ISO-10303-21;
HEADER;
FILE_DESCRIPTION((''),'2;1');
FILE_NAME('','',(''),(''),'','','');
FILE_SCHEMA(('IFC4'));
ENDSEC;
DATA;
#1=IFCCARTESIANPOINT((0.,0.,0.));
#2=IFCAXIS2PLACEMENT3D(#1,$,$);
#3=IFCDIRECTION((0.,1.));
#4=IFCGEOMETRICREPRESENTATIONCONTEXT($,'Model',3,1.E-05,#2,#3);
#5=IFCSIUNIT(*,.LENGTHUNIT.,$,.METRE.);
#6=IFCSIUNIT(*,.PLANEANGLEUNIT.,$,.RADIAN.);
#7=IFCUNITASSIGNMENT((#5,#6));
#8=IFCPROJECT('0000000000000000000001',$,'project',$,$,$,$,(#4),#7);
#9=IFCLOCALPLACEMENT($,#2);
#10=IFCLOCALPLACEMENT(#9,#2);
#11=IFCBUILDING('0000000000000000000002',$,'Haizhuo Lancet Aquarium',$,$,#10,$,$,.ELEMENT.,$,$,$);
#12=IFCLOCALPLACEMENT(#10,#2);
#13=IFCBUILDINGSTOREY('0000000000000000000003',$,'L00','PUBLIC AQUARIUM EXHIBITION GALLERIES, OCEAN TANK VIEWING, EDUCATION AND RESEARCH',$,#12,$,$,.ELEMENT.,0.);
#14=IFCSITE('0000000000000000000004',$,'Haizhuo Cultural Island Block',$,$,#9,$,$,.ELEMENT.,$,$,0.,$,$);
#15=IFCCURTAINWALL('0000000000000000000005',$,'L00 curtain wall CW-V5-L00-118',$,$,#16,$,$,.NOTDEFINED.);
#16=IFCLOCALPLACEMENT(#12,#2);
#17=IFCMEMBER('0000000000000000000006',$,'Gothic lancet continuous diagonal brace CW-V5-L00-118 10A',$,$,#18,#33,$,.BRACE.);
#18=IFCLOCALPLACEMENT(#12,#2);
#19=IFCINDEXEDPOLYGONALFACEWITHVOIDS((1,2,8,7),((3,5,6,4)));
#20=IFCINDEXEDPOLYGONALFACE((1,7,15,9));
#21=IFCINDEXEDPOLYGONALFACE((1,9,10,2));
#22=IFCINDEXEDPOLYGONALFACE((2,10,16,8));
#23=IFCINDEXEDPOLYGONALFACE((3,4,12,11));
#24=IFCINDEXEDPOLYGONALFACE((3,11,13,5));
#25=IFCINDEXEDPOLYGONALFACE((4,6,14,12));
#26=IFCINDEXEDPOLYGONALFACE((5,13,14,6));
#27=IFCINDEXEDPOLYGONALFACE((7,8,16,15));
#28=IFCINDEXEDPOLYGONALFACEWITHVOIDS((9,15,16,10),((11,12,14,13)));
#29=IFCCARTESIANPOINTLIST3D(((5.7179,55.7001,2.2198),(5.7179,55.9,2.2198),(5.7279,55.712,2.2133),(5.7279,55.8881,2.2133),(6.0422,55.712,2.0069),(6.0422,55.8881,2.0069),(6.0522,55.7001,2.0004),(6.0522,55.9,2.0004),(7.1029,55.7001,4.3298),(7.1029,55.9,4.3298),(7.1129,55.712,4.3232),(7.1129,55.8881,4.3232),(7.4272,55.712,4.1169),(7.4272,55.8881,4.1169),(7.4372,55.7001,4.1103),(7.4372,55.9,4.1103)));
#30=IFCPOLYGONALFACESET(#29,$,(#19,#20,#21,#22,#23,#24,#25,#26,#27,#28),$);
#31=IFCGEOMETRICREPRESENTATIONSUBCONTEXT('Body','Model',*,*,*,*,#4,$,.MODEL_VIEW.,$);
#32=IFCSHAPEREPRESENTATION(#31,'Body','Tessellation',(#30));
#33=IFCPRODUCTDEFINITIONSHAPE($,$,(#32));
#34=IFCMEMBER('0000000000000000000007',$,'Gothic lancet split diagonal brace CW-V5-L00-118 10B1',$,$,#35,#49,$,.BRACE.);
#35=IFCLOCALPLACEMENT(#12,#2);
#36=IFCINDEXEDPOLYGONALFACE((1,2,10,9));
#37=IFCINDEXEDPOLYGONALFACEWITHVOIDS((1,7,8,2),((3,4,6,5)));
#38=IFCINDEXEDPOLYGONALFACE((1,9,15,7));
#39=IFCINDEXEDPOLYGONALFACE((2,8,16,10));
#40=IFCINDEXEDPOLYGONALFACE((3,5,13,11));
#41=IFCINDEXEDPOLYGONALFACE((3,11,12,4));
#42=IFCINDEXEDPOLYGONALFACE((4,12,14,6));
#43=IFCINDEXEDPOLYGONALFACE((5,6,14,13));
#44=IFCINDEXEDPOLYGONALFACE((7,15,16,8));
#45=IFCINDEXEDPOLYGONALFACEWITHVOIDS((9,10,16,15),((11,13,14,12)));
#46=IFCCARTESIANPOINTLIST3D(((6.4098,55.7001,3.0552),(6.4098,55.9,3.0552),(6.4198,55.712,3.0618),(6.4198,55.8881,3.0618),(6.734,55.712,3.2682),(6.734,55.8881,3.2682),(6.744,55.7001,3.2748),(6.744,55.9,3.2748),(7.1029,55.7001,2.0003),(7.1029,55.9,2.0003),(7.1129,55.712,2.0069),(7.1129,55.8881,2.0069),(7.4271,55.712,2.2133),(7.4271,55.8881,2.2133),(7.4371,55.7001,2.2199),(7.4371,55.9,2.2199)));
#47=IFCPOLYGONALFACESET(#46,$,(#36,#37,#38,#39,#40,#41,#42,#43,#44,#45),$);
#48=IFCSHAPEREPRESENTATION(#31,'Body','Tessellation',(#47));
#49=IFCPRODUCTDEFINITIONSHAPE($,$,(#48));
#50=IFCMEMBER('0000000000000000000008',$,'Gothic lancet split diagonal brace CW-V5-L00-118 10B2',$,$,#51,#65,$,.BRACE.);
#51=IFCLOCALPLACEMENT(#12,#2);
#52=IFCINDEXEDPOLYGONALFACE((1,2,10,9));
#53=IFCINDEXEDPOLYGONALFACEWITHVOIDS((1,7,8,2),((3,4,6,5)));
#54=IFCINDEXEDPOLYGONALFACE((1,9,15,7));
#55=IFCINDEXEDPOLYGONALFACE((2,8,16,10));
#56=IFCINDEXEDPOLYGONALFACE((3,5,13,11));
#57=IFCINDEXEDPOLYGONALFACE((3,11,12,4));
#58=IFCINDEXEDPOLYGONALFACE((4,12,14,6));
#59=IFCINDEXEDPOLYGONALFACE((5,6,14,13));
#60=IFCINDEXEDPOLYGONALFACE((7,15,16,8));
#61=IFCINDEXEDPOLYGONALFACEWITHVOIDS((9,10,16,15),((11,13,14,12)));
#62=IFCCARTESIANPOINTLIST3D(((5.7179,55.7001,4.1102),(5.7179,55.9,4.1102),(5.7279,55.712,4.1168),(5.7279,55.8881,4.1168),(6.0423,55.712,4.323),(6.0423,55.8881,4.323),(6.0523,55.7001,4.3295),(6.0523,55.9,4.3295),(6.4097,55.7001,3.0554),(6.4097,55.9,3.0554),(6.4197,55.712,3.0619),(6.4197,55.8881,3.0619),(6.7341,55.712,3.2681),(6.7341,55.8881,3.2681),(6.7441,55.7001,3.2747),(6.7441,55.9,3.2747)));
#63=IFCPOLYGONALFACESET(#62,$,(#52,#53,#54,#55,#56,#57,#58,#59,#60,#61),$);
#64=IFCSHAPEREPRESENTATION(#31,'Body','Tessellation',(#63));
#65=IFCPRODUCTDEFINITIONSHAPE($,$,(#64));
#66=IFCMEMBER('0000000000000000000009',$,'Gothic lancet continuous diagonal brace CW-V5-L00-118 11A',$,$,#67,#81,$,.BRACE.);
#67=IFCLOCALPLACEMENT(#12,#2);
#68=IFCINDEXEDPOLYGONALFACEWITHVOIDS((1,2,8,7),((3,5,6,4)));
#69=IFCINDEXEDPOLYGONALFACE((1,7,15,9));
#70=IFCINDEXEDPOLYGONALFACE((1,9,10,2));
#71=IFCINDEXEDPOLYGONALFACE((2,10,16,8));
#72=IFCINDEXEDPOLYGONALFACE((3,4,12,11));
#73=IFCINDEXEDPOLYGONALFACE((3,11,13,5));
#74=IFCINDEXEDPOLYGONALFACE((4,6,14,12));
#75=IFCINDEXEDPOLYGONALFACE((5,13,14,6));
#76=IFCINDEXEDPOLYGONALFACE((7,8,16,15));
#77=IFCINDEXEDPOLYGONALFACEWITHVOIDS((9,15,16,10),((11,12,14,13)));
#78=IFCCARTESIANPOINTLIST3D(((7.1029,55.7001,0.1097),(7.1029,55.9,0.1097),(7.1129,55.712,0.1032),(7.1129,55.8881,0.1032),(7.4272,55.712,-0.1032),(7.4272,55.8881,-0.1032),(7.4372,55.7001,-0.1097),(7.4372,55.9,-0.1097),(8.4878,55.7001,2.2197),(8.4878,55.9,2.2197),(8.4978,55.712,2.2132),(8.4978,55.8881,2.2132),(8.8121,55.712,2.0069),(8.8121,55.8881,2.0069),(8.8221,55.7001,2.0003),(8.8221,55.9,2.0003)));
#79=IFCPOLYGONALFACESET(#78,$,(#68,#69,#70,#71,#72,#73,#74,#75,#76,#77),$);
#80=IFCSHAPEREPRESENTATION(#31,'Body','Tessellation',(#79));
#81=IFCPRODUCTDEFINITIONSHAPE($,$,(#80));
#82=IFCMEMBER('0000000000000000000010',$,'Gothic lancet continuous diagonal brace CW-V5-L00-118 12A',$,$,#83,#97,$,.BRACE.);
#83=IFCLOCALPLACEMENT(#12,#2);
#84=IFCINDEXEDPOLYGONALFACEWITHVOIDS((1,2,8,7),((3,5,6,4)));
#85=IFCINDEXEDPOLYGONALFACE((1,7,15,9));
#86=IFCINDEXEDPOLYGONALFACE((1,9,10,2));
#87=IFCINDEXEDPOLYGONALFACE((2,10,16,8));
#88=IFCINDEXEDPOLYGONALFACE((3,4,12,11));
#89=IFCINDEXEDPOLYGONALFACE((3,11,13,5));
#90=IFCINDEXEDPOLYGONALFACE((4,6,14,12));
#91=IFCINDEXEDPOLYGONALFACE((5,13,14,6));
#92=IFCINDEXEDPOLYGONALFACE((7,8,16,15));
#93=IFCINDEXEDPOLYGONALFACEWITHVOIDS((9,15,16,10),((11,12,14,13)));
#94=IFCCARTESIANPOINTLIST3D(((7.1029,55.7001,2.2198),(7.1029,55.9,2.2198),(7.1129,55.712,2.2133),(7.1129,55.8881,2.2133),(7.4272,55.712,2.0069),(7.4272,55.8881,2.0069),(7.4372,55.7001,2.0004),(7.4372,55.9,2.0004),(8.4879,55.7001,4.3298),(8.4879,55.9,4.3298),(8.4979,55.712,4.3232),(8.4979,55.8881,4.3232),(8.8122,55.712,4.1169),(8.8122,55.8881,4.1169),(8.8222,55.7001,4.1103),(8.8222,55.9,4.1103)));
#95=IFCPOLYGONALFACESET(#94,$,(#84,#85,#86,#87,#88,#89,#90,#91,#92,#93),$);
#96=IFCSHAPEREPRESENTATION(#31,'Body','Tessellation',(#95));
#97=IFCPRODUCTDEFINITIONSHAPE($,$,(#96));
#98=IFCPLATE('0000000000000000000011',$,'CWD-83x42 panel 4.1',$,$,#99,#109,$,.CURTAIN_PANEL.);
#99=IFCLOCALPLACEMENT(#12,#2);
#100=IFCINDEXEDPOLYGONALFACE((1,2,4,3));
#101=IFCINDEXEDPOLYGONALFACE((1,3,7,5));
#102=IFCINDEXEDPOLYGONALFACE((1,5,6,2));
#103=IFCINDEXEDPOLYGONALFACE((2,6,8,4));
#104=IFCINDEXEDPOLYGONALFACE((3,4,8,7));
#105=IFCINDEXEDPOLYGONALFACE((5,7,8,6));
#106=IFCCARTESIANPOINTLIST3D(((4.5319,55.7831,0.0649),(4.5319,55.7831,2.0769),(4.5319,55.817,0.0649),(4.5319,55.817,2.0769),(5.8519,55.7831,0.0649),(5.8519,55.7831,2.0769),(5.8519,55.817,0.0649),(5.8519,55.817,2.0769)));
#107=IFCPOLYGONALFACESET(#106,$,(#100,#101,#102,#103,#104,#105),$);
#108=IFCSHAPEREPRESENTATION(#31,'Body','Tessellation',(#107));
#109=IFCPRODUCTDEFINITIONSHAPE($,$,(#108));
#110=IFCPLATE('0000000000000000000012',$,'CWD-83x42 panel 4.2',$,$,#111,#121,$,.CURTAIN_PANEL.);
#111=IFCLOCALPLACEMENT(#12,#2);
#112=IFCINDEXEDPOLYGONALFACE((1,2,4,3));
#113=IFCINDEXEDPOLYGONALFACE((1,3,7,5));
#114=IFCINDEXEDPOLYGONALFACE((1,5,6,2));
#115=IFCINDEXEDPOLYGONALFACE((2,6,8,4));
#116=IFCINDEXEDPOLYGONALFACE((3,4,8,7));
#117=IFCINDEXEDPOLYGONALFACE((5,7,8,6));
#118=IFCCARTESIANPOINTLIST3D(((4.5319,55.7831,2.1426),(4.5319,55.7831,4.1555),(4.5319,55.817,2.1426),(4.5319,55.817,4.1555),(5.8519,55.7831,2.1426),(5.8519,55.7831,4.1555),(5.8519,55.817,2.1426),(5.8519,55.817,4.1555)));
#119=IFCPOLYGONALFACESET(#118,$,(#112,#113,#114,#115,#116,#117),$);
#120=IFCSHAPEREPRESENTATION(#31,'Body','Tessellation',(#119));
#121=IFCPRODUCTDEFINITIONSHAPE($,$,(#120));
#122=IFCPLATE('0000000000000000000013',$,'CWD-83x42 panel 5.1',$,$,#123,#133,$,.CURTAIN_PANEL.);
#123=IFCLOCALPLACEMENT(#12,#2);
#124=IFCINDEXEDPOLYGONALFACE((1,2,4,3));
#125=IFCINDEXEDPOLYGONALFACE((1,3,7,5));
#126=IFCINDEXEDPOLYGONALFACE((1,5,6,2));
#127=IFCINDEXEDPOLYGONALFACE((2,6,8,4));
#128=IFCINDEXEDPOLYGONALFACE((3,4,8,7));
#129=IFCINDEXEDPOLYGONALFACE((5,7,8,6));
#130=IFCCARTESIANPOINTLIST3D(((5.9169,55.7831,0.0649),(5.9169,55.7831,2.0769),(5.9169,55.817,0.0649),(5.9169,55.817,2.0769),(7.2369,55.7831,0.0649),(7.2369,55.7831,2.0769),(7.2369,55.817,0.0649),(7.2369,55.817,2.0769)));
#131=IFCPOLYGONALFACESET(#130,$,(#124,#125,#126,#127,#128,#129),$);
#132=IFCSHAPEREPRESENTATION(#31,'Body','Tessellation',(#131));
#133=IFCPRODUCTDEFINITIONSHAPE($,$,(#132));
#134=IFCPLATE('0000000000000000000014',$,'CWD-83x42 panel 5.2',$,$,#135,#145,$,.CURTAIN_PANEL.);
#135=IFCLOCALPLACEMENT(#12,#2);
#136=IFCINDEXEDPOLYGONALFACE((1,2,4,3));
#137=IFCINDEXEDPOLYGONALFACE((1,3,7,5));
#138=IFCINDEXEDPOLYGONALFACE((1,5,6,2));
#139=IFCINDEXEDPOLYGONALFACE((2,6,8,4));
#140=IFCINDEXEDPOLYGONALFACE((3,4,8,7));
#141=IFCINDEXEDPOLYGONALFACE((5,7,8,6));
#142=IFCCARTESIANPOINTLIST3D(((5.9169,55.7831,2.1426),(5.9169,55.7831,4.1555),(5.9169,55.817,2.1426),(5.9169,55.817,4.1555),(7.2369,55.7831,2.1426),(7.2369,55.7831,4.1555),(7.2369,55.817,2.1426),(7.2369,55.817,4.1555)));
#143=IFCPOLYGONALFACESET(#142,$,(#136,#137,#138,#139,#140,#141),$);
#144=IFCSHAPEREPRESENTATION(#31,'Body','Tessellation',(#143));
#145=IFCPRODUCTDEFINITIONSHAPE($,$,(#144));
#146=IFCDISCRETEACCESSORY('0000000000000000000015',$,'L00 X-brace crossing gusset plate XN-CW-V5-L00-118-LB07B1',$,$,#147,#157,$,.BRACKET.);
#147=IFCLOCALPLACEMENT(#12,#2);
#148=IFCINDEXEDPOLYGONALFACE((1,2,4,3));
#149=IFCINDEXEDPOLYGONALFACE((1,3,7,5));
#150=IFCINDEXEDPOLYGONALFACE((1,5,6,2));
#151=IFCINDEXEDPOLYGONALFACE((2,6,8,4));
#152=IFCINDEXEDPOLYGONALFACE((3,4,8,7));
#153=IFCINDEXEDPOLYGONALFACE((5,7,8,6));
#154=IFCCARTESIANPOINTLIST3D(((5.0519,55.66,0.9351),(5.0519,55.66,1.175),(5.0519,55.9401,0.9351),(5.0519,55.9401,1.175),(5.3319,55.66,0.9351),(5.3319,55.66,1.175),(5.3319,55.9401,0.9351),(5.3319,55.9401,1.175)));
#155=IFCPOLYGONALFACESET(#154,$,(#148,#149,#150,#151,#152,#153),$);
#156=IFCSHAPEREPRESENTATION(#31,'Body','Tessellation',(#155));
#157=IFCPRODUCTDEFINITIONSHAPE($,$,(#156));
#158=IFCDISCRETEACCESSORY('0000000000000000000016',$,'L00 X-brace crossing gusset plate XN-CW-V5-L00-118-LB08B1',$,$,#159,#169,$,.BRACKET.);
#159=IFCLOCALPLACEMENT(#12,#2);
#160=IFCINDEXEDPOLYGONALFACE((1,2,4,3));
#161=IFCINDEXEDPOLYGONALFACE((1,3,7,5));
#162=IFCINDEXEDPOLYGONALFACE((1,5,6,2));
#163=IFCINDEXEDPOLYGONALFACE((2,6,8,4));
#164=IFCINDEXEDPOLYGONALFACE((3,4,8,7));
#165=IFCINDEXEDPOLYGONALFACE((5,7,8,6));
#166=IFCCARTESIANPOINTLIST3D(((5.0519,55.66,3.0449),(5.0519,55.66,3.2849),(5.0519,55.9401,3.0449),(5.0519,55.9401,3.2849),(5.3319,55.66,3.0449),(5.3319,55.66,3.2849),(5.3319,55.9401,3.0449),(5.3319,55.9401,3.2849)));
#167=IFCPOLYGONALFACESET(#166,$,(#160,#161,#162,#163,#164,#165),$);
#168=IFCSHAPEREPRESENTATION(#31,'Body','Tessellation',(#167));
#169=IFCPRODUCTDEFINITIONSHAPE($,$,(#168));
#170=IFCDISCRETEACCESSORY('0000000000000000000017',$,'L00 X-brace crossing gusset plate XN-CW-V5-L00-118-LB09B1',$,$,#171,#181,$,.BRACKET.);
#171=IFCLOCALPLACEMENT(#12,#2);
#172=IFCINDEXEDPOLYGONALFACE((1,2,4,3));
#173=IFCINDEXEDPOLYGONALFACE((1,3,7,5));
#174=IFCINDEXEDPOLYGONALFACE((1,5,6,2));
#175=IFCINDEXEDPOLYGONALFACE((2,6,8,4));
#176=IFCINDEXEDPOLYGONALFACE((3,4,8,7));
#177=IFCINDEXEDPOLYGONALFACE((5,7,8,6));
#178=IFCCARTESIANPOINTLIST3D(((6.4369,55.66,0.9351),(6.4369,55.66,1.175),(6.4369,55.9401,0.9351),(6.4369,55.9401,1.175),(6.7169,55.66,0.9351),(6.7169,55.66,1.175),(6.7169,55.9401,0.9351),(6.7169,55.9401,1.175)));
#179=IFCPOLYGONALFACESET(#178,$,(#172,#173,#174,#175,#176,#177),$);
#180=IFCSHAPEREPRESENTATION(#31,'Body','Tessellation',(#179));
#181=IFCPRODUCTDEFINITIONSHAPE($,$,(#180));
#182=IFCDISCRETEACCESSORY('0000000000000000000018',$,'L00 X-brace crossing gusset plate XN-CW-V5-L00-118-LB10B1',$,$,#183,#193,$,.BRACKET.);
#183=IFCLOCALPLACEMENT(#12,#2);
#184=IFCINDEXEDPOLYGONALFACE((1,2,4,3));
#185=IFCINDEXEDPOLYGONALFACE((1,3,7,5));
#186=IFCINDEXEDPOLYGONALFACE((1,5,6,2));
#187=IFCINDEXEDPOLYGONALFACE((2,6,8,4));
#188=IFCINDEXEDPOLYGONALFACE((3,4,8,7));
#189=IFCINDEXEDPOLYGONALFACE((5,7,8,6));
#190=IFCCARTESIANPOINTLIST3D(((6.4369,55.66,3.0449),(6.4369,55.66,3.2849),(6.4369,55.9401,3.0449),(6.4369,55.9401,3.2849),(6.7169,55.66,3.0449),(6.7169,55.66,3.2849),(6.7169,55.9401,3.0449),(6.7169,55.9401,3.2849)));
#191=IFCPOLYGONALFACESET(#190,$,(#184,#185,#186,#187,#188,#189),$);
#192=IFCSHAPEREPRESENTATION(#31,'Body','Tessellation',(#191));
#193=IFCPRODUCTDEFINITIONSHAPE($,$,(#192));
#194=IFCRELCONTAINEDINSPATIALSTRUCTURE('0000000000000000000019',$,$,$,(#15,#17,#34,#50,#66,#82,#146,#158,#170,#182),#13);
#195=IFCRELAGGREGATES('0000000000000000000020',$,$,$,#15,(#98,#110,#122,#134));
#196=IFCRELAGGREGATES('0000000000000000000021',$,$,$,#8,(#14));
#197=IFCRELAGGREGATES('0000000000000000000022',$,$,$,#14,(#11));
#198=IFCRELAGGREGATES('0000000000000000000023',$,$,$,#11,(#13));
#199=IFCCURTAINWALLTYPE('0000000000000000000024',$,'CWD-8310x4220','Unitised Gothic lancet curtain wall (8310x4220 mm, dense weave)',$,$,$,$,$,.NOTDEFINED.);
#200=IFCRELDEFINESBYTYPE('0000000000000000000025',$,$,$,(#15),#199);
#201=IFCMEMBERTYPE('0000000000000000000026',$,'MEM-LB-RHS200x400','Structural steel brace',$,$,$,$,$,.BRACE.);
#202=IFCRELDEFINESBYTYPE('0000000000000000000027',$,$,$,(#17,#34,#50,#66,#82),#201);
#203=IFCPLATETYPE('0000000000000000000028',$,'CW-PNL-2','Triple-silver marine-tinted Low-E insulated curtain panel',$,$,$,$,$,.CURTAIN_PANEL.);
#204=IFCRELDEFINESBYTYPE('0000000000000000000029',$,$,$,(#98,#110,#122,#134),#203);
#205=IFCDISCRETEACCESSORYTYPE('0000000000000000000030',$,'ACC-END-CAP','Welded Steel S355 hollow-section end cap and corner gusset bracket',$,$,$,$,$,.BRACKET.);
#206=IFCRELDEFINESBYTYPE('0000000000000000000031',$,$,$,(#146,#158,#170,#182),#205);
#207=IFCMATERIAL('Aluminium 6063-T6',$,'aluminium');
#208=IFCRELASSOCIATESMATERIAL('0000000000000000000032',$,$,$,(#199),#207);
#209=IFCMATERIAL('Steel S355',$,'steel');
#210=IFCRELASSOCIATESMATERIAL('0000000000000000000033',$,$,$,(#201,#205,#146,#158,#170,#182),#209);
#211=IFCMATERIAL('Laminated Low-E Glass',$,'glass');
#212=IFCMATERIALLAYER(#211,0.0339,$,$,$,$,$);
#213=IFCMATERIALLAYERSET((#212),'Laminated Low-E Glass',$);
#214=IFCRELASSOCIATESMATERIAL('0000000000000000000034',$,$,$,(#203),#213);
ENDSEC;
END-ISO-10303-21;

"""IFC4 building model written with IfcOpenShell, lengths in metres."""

from ifc_helpers import new_model, si_unit, direction, frame, origin, origin_2d, place, context, subcontext, project, spatial, rectangle, hollow_rectangle, extrude, material, layer, layer_set, material_profile, profile_set, type_object, element, aggregate, save


model = new_model("IFC4")

# Units and contexts
model_context = context("Model", 3, precision=1e-05, world=origin(), true_north=direction((0.0, 1.0)))
body_context = subcontext(model_context, "Body", "Model", "MODEL_VIEW")
ifc_project = project(units=[si_unit("LENGTHUNIT", "METRE"), si_unit("PLANEANGLEUNIT", "RADIAN")], contexts=[model_context])

# Site, building, storey
site_placement = place(None, origin())
site = spatial("IfcSite", under=ifc_project, at=site_placement, Name="Haizhuo Cultural Island Block", CompositionType="ELEMENT", RefElevation=0.0)
building_placement = place(site_placement, origin())
building = spatial("IfcBuilding", under=site, at=building_placement, Name="Haizhuo Lancet Aquarium", CompositionType="ELEMENT")
storey_placement = place(building_placement, origin())
storey = spatial("IfcBuildingStorey", under=building, at=storey_placement, Name="L00", Description="PUBLIC AQUARIUM EXHIBITION GALLERIES, OCEAN TANK VIEWING, EDUCATION AND RESEARCH", CompositionType="ELEMENT", Elevation=0.0)

# Curtain wall
ifc_material_1 = material(Name="Aluminium 6063-T6", Category="aluminium")
curtain_wall_type = type_object("IfcCurtainWallType", Name="CWD-8310x4220", Description="Unitised Gothic lancet curtain wall (8310x4220 mm, dense weave)", PredefinedType="NOTDEFINED", material=ifc_material_1)
curtain_wall_placement = place(storey_placement, origin())
curtain_wall = element("IfcCurtainWall", 1, at=curtain_wall_placement, inside=storey, type_object=curtain_wall_type, Name="L00 curtain wall CW-V5-L00-118", PredefinedType="NOTDEFINED")

# Members
ifc_material_2 = material(Name="Steel S355", Category="steel")
ifc_material_profile_1 = material_profile(ifc_material_2, hollow_rectangle(XDim=0.2, YDim=0.3999, WallThickness=0.012, at=origin_2d()), Name="RHS 200x400x12")
ifc_profile_set_1 = profile_set([ifc_material_profile_1], Name="Steel S355")
member_type_1 = type_object("IfcMemberType", Name="MEM-LB-RHS200x400", Description="Structural steel brace", PredefinedType="BRACE", material=ifc_profile_set_1)
member_1_placement = place(storey_placement, frame((5.885, 55.8, 2.1101), z_axis=(0.548771, 0.0, 0.835973), x_axis=(0.0, 1.0, 0.0)))
element("IfcMember", 2, at=member_1_placement, inside=storey, type_object=member_type_1, Name="Gothic lancet continuous diagonal brace CW-V5-L00-118 10A", PredefinedType="BRACE", context=body_context, shape_type="SweptSolid", body=[
    extrude(hollow_rectangle(XDim=0.2, YDim=0.3999, WallThickness=0.012, at=origin_2d()), origin(), (0.0, 0.0, 1.0), 2.5239),
])
member_2_placement = place(storey_placement, frame((7.27, 55.8, 2.1101), z_axis=(-0.549108, 0.0, 0.835751), x_axis=(0.0, -1.0, 0.0)))
element("IfcMember", 3, at=member_2_placement, inside=storey, type_object=member_type_1, Name="Gothic lancet split diagonal brace CW-V5-L00-118 10B1", PredefinedType="BRACE", context=body_context, shape_type="SweptSolid", body=[
    extrude(hollow_rectangle(XDim=0.2, YDim=0.3999, WallThickness=0.012, at=origin_2d()), origin(), (0.0, 0.0, 1.0), 1.2622),
])
member_3_placement = place(storey_placement, frame((6.5769, 55.8, 3.165), z_axis=(-0.548432, 0.0, 0.836195), x_axis=(0.0, -1.0, 0.0)))
element("IfcMember", 4, at=member_3_placement, inside=storey, type_object=member_type_1, Name="Gothic lancet split diagonal brace CW-V5-L00-118 10B2", PredefinedType="BRACE", context=body_context, shape_type="SweptSolid", body=[
    extrude(hollow_rectangle(XDim=0.2, YDim=0.3999, WallThickness=0.012, at=origin_2d()), origin(), (0.0, 0.0, 1.0), 1.2615),
])
for number, where, z_axis, x_axis, name in (
    (5, (7.27, 55.8, 0.0), (0.548726, 0.0, 0.836002), (0.0, 1.0, 0.0), "Gothic lancet continuous diagonal brace CW-V5-L00-118 11A"),
    (6, (7.27, 55.8, 2.1101), (0.548771, 0.0, 0.835973), (0.0, 1.0, 0.0), "Gothic lancet continuous diagonal brace CW-V5-L00-118 12A"),
):
    element("IfcMember", number, at=place(storey_placement, frame(where, z_axis=z_axis, x_axis=x_axis)), inside=storey, type_object=member_type_1, Name=name, PredefinedType="BRACE", context=body_context, shape_type="SweptSolid", body=[
        extrude(hollow_rectangle(XDim=0.2, YDim=0.3999, WallThickness=0.012, at=origin_2d()), origin(), (0.0, 0.0, 1.0), 2.5239),
    ])

# Plates
ifc_material_3 = material(Name="Laminated Low-E Glass", Category="glass")
ifc_layer = layer(ifc_material_3, 0.0339)
ifc_layer_set = layer_set([ifc_layer], Name="Laminated Low-E Glass")
plate_type = type_object("IfcPlateType", Name="CW-PNL-2", Description="Triple-silver marine-tinted Low-E insulated curtain panel", PredefinedType="CURTAIN_PANEL", material=ifc_layer_set)
plate_1_placement = place(storey_placement, frame((5.1919, 55.8, 0.0649), z_axis=(0.0, 0.0, 1.0), x_axis=(1.0, 0.0, 0.0)))
plate_1 = element("IfcPlate", 7, at=plate_1_placement, type_object=plate_type, Name="CWD-83x42 panel 4.1", PredefinedType="CURTAIN_PANEL", context=body_context, shape_type="SweptSolid", body=[
    extrude(rectangle(XDim=1.3201, YDim=0.0339, at=origin_2d()), origin(), (0.0, 0.0, 1.0), 2.012),
])
plate_2_placement = place(storey_placement, frame((5.1919, 55.8, 2.1426), z_axis=(0.0, 0.0, 1.0), x_axis=(1.0, 0.0, 0.0)))
plate_2 = element("IfcPlate", 8, at=plate_2_placement, type_object=plate_type, Name="CWD-83x42 panel 4.2", PredefinedType="CURTAIN_PANEL", context=body_context, shape_type="SweptSolid", body=[
    extrude(rectangle(XDim=1.3201, YDim=0.0339, at=origin_2d()), origin(), (0.0, 0.0, 1.0), 2.0129),
])
plate_3_placement = place(storey_placement, frame((6.5769, 55.8, 0.0649), z_axis=(0.0, 0.0, 1.0), x_axis=(1.0, 0.0, 0.0)))
plate_3 = element("IfcPlate", 9, at=plate_3_placement, type_object=plate_type, Name="CWD-83x42 panel 5.1", PredefinedType="CURTAIN_PANEL", context=body_context, shape_type="SweptSolid", body=[
    extrude(rectangle(XDim=1.3201, YDim=0.0339, at=origin_2d()), origin(), (0.0, 0.0, 1.0), 2.012),
])
plate_4_placement = place(storey_placement, frame((6.5769, 55.8, 2.1426), z_axis=(0.0, 0.0, 1.0), x_axis=(1.0, 0.0, 0.0)))
plate_4 = element("IfcPlate", 10, at=plate_4_placement, type_object=plate_type, Name="CWD-83x42 panel 5.2", PredefinedType="CURTAIN_PANEL", context=body_context, shape_type="SweptSolid", body=[
    extrude(rectangle(XDim=1.3201, YDim=0.0339, at=origin_2d()), origin(), (0.0, 0.0, 1.0), 2.0129),
])
aggregate(curtain_wall, [plate_1, plate_2, plate_3, plate_4])

# Discrete accessories
discrete_accessory_type = type_object("IfcDiscreteAccessoryType", Name="ACC-END-CAP", Description="Welded Steel S355 hollow-section end cap and corner gusset bracket", PredefinedType="BRACKET", material=ifc_material_2)
for number, where, z_axis, x_axis, name in (
    (11, (5.1919, 55.8, 0.9351), (0.0, 0.0, 1.0), (1.0, 0.0, 0.0), "L00 X-brace crossing gusset plate XN-CW-V5-L00-118-LB07B1"),
    (12, (5.1919, 55.8, 3.0449), (0.0, 0.0, 1.0), (1.0, 0.0, 0.0), "L00 X-brace crossing gusset plate XN-CW-V5-L00-118-LB08B1"),
    (13, (6.5769, 55.8, 0.9351), (0.0, 0.0, 1.0), (1.0, 0.0, 0.0), "L00 X-brace crossing gusset plate XN-CW-V5-L00-118-LB09B1"),
    (14, (6.5769, 55.8, 3.0449), (0.0, 0.0, 1.0), (1.0, 0.0, 0.0), "L00 X-brace crossing gusset plate XN-CW-V5-L00-118-LB10B1"),
):
    element("IfcDiscreteAccessory", number, at=place(storey_placement, frame(where, z_axis=z_axis, x_axis=x_axis)), inside=storey, type_object=discrete_accessory_type, material=ifc_material_2, Name=name, PredefinedType="BRACKET", context=body_context, shape_type="SweptSolid", body=[
        extrude(rectangle(XDim=0.28, YDim=0.28, at=origin_2d()), origin(), (0.0, 0.0, 1.0), 0.24),
    ])

save(model, "model.ifc")
